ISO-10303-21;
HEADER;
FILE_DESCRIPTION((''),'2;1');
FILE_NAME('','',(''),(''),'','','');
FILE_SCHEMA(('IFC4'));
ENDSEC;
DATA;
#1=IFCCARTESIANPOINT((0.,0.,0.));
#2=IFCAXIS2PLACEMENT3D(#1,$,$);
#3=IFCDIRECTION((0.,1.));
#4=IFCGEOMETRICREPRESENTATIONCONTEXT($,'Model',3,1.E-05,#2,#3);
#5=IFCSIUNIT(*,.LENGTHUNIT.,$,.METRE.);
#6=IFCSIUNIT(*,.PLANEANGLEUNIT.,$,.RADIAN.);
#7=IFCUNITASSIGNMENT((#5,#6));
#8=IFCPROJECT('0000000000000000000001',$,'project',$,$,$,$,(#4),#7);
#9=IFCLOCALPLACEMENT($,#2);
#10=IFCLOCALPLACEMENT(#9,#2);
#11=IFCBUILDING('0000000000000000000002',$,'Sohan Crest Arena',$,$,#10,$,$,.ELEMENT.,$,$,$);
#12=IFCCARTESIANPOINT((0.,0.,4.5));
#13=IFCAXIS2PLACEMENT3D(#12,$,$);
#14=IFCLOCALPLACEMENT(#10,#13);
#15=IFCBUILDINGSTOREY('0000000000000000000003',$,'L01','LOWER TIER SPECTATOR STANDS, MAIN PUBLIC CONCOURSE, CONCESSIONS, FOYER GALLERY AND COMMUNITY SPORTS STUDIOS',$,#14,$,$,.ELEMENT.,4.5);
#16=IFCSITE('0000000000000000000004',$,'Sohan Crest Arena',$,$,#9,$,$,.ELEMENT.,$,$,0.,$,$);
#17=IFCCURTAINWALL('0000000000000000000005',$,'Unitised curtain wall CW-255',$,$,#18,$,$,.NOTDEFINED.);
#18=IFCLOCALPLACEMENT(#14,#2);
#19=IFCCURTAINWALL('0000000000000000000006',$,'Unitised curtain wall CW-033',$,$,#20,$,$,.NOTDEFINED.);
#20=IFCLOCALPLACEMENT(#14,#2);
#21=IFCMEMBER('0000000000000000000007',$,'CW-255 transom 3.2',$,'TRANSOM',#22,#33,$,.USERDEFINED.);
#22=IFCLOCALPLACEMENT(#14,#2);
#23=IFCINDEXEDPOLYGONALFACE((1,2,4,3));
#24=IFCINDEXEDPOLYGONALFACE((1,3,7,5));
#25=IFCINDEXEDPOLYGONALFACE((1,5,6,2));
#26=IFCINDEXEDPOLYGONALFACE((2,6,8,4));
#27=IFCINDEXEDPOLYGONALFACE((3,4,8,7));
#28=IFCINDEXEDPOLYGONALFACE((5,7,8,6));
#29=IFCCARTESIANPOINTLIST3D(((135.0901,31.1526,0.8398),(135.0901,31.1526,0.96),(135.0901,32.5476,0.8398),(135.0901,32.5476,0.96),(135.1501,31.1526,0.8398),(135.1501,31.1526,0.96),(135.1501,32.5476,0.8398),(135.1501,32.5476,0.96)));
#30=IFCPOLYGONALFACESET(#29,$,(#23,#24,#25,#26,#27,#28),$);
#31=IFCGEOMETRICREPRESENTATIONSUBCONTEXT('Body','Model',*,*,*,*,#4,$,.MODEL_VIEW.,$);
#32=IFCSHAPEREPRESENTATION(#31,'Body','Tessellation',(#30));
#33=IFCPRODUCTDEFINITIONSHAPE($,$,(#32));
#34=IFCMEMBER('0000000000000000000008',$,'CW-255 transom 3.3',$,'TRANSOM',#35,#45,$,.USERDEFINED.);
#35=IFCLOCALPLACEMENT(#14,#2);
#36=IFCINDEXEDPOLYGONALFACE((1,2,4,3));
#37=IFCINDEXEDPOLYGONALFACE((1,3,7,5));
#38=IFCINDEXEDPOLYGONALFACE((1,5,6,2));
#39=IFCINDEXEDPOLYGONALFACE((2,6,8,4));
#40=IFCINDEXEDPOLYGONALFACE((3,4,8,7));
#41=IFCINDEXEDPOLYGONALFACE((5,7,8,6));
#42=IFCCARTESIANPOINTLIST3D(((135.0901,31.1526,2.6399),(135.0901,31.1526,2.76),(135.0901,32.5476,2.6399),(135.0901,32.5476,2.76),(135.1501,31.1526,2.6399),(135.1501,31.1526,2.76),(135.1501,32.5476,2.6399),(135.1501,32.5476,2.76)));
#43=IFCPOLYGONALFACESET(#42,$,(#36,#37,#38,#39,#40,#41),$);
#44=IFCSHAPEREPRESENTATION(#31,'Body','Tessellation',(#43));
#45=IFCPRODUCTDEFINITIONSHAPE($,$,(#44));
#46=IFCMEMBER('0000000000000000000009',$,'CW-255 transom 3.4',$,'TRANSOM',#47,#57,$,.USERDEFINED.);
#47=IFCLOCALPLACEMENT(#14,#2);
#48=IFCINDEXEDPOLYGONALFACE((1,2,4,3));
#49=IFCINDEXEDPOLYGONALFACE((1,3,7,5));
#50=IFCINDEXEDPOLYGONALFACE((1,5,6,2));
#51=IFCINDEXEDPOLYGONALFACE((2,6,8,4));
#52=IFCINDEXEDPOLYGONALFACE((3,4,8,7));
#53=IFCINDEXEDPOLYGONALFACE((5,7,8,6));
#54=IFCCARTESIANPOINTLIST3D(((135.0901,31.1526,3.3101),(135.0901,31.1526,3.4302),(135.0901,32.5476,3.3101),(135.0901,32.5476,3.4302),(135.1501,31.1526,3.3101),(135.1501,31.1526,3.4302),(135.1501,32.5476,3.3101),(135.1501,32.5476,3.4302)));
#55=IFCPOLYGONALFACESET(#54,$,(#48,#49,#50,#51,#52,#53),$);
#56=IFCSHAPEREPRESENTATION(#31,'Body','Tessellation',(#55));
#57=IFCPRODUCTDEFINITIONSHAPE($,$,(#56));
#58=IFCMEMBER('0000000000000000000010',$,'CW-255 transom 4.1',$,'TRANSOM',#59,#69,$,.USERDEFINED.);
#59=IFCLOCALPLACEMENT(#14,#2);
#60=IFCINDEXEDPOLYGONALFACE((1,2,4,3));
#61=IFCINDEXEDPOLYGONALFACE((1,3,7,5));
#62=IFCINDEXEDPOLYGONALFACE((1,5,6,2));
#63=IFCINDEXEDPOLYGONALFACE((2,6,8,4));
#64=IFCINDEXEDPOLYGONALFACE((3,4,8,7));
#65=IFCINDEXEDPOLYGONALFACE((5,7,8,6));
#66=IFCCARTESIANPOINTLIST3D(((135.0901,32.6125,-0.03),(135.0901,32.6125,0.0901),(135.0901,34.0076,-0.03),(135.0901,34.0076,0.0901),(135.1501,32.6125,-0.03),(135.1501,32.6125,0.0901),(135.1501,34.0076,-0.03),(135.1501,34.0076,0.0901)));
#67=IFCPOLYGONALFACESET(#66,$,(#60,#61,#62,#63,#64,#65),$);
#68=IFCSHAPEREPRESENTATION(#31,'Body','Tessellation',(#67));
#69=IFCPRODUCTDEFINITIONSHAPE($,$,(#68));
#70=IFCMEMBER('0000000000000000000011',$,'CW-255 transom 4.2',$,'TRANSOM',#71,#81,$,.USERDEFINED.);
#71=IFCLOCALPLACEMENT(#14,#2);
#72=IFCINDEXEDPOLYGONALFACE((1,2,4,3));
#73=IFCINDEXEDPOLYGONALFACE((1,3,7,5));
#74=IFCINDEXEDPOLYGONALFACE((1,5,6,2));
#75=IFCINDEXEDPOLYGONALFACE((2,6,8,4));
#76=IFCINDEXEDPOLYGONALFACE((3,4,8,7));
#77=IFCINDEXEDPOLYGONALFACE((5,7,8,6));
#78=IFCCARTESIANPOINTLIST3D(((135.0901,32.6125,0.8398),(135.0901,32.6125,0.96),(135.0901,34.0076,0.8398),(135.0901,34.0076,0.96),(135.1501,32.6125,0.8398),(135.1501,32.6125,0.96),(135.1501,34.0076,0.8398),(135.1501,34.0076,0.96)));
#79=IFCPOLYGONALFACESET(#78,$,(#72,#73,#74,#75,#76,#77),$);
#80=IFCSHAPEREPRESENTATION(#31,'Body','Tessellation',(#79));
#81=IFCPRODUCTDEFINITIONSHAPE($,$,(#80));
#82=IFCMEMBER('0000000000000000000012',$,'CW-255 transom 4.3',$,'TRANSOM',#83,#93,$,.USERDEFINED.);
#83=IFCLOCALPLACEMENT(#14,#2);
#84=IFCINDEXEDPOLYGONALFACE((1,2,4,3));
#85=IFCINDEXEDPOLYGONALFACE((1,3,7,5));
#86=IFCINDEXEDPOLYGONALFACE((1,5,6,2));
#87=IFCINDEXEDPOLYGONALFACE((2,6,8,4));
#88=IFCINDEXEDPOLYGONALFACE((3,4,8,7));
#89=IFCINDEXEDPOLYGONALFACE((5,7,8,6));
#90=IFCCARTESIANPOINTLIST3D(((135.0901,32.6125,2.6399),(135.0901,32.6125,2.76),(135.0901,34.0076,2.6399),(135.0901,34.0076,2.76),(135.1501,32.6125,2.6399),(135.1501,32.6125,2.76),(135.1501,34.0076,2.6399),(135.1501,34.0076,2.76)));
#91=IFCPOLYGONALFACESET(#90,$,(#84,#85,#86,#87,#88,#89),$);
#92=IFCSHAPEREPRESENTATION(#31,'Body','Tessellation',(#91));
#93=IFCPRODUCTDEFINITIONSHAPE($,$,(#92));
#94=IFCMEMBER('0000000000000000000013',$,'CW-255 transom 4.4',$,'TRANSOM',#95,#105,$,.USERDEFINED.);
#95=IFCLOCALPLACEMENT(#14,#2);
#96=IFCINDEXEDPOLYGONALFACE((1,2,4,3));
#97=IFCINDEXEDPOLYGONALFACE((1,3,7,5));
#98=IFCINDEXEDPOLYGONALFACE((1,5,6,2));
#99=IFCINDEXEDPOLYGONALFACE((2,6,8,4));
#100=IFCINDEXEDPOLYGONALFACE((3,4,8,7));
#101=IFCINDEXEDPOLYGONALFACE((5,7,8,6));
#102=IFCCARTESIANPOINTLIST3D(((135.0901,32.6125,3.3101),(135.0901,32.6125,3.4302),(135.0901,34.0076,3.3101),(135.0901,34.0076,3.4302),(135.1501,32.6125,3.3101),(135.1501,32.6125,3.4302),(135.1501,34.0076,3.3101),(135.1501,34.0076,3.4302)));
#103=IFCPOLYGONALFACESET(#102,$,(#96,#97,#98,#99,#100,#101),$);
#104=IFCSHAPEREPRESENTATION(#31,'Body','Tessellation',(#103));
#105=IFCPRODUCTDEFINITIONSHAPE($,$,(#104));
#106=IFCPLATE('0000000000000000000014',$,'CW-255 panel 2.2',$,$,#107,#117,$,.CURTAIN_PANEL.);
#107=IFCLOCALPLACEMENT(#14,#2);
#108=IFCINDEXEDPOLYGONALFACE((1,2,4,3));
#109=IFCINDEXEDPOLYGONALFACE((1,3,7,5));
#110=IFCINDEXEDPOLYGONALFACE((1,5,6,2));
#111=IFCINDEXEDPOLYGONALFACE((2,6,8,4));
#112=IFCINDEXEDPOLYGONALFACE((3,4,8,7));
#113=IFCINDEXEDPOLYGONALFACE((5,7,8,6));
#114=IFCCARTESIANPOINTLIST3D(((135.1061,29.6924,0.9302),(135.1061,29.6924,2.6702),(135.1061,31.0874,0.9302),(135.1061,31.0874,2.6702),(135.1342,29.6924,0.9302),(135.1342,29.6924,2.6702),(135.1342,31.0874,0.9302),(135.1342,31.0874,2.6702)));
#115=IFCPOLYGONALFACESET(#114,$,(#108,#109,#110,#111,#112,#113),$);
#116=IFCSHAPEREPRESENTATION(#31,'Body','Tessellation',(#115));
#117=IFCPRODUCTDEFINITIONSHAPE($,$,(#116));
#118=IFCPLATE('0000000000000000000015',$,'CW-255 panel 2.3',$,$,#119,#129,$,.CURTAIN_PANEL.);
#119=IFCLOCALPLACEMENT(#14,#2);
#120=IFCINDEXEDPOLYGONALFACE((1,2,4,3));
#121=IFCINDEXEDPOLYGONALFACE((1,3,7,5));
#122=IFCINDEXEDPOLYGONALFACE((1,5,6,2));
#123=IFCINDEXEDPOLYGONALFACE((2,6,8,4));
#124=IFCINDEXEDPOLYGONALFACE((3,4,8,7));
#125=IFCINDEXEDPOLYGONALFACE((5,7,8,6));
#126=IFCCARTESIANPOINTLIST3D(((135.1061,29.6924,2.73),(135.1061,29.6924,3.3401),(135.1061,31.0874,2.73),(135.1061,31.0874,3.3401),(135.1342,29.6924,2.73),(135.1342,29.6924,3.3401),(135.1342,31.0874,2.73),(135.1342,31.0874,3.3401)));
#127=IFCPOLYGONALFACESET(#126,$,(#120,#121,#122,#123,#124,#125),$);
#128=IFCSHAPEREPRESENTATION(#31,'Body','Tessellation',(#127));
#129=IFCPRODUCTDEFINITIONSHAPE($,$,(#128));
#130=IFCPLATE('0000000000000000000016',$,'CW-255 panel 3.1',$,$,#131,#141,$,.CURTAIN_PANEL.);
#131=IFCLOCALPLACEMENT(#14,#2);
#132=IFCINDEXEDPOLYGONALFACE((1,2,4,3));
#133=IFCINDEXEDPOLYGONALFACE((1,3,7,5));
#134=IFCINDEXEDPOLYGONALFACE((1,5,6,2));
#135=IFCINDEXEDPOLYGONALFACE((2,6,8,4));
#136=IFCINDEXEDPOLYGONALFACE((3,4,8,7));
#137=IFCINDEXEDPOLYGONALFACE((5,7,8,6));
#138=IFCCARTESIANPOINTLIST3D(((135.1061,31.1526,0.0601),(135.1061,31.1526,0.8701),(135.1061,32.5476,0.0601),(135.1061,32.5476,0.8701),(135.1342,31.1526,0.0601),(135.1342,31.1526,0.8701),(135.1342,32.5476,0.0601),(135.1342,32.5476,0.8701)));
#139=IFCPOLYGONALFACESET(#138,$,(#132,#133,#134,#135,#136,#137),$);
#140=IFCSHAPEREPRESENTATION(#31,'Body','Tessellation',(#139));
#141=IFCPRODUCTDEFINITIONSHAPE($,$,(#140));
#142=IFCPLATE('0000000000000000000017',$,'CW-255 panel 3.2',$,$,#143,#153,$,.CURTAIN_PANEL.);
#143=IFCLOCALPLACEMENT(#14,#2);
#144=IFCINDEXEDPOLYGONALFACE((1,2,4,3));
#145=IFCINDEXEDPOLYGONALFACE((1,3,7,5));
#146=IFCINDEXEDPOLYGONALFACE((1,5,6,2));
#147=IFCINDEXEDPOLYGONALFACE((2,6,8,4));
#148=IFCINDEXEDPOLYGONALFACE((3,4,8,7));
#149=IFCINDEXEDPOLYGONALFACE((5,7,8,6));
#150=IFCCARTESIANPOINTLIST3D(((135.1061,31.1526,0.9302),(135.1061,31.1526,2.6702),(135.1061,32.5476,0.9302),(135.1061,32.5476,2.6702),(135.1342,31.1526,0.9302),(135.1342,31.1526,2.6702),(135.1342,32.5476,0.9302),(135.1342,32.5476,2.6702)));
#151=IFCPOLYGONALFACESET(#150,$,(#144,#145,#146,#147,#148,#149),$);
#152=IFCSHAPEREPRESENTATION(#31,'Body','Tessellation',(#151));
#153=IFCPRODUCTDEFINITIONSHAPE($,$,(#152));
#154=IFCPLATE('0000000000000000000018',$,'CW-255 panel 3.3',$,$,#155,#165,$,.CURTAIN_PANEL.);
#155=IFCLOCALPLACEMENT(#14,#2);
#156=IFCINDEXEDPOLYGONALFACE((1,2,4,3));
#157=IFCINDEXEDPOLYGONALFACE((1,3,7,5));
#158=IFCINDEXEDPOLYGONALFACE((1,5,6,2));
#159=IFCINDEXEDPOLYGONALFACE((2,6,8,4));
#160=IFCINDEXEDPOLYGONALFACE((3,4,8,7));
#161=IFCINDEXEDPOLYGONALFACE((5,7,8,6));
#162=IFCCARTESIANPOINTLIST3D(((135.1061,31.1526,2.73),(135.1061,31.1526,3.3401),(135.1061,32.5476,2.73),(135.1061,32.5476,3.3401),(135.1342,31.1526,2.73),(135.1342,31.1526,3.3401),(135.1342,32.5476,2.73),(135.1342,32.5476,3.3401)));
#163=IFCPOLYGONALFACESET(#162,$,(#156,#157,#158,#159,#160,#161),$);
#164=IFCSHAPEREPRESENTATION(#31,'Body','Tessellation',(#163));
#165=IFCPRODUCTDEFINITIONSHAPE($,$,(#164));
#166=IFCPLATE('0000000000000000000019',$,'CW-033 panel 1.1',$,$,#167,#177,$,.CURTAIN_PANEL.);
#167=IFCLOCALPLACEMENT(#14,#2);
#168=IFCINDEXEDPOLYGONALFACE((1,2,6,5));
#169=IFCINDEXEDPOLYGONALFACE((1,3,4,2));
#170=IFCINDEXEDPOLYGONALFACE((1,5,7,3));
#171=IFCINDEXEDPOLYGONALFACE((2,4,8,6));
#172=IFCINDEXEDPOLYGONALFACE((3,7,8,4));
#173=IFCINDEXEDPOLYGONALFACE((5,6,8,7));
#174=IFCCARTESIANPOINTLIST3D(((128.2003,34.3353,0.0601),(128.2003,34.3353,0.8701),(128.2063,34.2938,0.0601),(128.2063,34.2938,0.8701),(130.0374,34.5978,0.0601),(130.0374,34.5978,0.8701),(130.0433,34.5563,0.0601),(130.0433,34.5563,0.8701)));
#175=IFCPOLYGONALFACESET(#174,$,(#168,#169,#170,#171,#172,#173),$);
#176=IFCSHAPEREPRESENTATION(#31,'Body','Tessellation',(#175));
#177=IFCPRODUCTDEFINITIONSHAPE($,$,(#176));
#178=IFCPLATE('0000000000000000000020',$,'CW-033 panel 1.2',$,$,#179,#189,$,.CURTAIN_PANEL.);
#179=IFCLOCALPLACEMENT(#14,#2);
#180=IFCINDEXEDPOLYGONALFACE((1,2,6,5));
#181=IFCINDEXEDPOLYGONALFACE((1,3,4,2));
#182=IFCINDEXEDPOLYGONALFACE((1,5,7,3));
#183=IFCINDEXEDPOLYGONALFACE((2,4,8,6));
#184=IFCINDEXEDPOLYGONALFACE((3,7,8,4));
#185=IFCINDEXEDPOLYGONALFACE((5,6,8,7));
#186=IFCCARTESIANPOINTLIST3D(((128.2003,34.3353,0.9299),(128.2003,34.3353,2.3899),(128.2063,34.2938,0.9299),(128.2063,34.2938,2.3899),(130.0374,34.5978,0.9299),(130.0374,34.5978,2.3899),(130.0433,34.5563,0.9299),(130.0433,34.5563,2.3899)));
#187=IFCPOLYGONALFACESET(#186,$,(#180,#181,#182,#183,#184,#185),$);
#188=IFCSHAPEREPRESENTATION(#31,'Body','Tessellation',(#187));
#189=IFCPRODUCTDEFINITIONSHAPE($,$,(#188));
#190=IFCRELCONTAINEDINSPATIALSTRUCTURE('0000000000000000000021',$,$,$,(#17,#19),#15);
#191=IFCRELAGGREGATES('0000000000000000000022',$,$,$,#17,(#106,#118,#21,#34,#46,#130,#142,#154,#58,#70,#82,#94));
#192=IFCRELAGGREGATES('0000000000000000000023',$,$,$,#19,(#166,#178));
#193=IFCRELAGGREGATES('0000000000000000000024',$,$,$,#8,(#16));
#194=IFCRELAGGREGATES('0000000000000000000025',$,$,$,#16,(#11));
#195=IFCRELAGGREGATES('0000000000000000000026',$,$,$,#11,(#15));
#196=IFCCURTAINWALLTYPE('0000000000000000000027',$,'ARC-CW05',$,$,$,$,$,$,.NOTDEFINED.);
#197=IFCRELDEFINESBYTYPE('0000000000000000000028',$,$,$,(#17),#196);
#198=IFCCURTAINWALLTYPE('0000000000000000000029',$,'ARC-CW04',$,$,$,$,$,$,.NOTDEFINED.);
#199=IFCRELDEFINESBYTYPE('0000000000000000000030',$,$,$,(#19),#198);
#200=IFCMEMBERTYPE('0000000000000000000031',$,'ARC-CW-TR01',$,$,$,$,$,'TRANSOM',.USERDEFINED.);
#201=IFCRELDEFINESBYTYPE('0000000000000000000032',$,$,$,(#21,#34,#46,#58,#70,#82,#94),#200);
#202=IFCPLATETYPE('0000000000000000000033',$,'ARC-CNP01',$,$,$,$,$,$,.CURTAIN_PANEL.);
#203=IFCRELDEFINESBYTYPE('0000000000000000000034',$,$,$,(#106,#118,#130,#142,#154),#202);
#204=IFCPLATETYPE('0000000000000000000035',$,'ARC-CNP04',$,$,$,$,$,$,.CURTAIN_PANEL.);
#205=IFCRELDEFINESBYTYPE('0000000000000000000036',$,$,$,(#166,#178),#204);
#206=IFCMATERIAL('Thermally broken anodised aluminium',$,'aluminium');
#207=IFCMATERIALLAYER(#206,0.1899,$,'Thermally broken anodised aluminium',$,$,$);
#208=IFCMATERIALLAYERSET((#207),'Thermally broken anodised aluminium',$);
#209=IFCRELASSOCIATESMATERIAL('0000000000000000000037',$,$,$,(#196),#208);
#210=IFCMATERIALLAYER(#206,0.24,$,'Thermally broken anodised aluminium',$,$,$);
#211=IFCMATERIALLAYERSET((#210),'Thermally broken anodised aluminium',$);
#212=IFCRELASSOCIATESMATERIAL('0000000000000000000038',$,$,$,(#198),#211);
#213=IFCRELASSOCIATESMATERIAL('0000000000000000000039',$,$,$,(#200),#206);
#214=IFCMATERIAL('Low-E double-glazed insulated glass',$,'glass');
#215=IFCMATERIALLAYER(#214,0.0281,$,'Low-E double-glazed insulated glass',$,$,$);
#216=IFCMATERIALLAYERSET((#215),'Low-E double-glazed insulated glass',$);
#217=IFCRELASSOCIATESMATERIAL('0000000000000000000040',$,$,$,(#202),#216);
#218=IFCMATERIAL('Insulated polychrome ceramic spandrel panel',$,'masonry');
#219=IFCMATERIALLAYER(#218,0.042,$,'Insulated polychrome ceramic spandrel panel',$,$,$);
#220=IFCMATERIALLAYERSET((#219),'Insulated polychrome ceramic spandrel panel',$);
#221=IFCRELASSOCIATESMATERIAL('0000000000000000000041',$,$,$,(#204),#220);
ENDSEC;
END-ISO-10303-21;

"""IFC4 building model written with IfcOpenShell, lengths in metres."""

from ifc_helpers import new_model, si_unit, direction, frame, origin, origin_2d, place, context, subcontext, project, spatial, rectangle, extrude, material, layer, layer_set, material_profile, profile_set, type_object, element, aggregate, save


model = new_model("IFC4")

# Units and contexts
model_context = context("Model", 3, precision=1e-05, world=origin(), true_north=direction((0.0, 1.0)))
body_context = subcontext(model_context, "Body", "Model", "MODEL_VIEW")
ifc_project = project(units=[si_unit("LENGTHUNIT", "METRE"), si_unit("PLANEANGLEUNIT", "RADIAN")], contexts=[model_context])

# Site, building, storey
site_placement = place(None, origin())
site = spatial("IfcSite", under=ifc_project, at=site_placement, Name="Sohan Crest Arena", CompositionType="ELEMENT", RefElevation=0.0)
building_placement = place(site_placement, origin())
building = spatial("IfcBuilding", under=site, at=building_placement, Name="Sohan Crest Arena", CompositionType="ELEMENT")
storey_placement = place(building_placement, frame((0.0, 0.0, 4.5)))
storey = spatial("IfcBuildingStorey", under=building, at=storey_placement, Name="L01", Description="LOWER TIER SPECTATOR STANDS, MAIN PUBLIC CONCOURSE, CONCESSIONS, FOYER GALLERY AND COMMUNITY SPORTS STUDIOS", CompositionType="ELEMENT", Elevation=4.5)

# Curtain walls
ifc_material_1 = material(Name="Thermally broken anodised aluminium", Category="aluminium")
ifc_layer_1 = layer(ifc_material_1, 0.1899, Name="Thermally broken anodised aluminium")
ifc_layer_set_1 = layer_set([ifc_layer_1], Name="Thermally broken anodised aluminium")
curtain_wall_type_1 = type_object("IfcCurtainWallType", Name="ARC-CW05", PredefinedType="NOTDEFINED", material=ifc_layer_set_1)
curtain_wall_1_placement = place(storey_placement, origin())
curtain_wall_1 = element("IfcCurtainWall", 1, at=curtain_wall_1_placement, inside=storey, type_object=curtain_wall_type_1, Name="Unitised curtain wall CW-255", PredefinedType="NOTDEFINED")
ifc_layer_2 = layer(ifc_material_1, 0.24, Name="Thermally broken anodised aluminium")
ifc_layer_set_2 = layer_set([ifc_layer_2], Name="Thermally broken anodised aluminium")
curtain_wall_type_2 = type_object("IfcCurtainWallType", Name="ARC-CW04", PredefinedType="NOTDEFINED", material=ifc_layer_set_2)
curtain_wall_2_placement = place(storey_placement, origin())
curtain_wall_2 = element("IfcCurtainWall", 2, at=curtain_wall_2_placement, inside=storey, type_object=curtain_wall_type_2, Name="Unitised curtain wall CW-033", PredefinedType="NOTDEFINED")
ifc_material_profile_1 = material_profile(ifc_material_1, rectangle(XDim=0.0601, YDim=0.1201, at=origin_2d()), Name="ALU-TRAN 60x120")
ifc_profile_set_1 = profile_set([ifc_material_profile_1], Name="Thermally broken anodised aluminium")
member_type_1 = type_object("IfcMemberType", Name="ARC-CW-TR01", ElementType="TRANSOM", PredefinedType="USERDEFINED", material=ifc_profile_set_1)

# Members
member_1_placement = place(storey_placement, frame((135.1201, 31.1526, 0.8999), z_axis=(0.0, 1.0, 0.0), x_axis=(-1.0, 0.0, 0.0)))
member_1 = element("IfcMember", 3, at=member_1_placement, type_object=member_type_1, Name="CW-255 transom 3.2", ObjectType="TRANSOM", PredefinedType="USERDEFINED", context=body_context, shape_type="SweptSolid", body=[
    extrude(rectangle(XDim=0.0601, YDim=0.1201, at=origin_2d()), origin(), (0.0, 0.0, 1.0), 1.395),
])
member_2_placement = place(storey_placement, frame((135.1201, 31.1526, 2.7), z_axis=(0.0, 1.0, 0.0), x_axis=(-1.0, 0.0, 0.0)))
member_2 = element("IfcMember", 4, at=member_2_placement, type_object=member_type_1, Name="CW-255 transom 3.3", ObjectType="TRANSOM", PredefinedType="USERDEFINED", context=body_context, shape_type="SweptSolid", body=[
    extrude(rectangle(XDim=0.0601, YDim=0.1201, at=origin_2d()), origin(), (0.0, 0.0, 1.0), 1.395),
])
member_3_placement = place(storey_placement, frame((135.1201, 31.1526, 3.3701), z_axis=(0.0, 1.0, 0.0), x_axis=(-1.0, 0.0, 0.0)))
member_3 = element("IfcMember", 5, at=member_3_placement, type_object=member_type_1, Name="CW-255 transom 3.4", ObjectType="TRANSOM", PredefinedType="USERDEFINED", context=body_context, shape_type="SweptSolid", body=[
    extrude(rectangle(XDim=0.0601, YDim=0.1201, at=origin_2d()), origin(), (0.0, 0.0, 1.0), 1.395),
])
member_4_placement = place(storey_placement, frame((135.1201, 32.6125, 0.03), z_axis=(0.0, 1.0, 0.0), x_axis=(-1.0, 0.0, 0.0)))
member_4 = element("IfcMember", 6, at=member_4_placement, type_object=member_type_1, Name="CW-255 transom 4.1", ObjectType="TRANSOM", PredefinedType="USERDEFINED", context=body_context, shape_type="SweptSolid", body=[
    extrude(rectangle(XDim=0.0601, YDim=0.1201, at=origin_2d()), origin(), (0.0, 0.0, 1.0), 1.395),
])
member_5_placement = place(storey_placement, frame((135.1201, 32.6125, 0.8999), z_axis=(0.0, 1.0, 0.0), x_axis=(-1.0, 0.0, 0.0)))
member_5 = element("IfcMember", 7, at=member_5_placement, type_object=member_type_1, Name="CW-255 transom 4.2", ObjectType="TRANSOM", PredefinedType="USERDEFINED", context=body_context, shape_type="SweptSolid", body=[
    extrude(rectangle(XDim=0.0601, YDim=0.1201, at=origin_2d()), origin(), (0.0, 0.0, 1.0), 1.395),
])
member_6_placement = place(storey_placement, frame((135.1201, 32.6125, 2.7), z_axis=(0.0, 1.0, 0.0), x_axis=(-1.0, 0.0, 0.0)))
member_6 = element("IfcMember", 8, at=member_6_placement, type_object=member_type_1, Name="CW-255 transom 4.3", ObjectType="TRANSOM", PredefinedType="USERDEFINED", context=body_context, shape_type="SweptSolid", body=[
    extrude(rectangle(XDim=0.0601, YDim=0.1201, at=origin_2d()), origin(), (0.0, 0.0, 1.0), 1.395),
])
member_7_placement = place(storey_placement, frame((135.1201, 32.6125, 3.3701), z_axis=(0.0, 1.0, 0.0), x_axis=(-1.0, 0.0, 0.0)))
member_7 = element("IfcMember", 9, at=member_7_placement, type_object=member_type_1, Name="CW-255 transom 4.4", ObjectType="TRANSOM", PredefinedType="USERDEFINED", context=body_context, shape_type="SweptSolid", body=[
    extrude(rectangle(XDim=0.0601, YDim=0.1201, at=origin_2d()), origin(), (0.0, 0.0, 1.0), 1.395),
])

# Plates
ifc_material_2 = material(Name="Low-E double-glazed insulated glass", Category="glass")
ifc_layer_3 = layer(ifc_material_2, 0.0281, Name="Low-E double-glazed insulated glass")
ifc_layer_set_3 = layer_set([ifc_layer_3], Name="Low-E double-glazed insulated glass")
plate_type_1 = type_object("IfcPlateType", Name="ARC-CNP01", PredefinedType="CURTAIN_PANEL", material=ifc_layer_set_3)
plate_1_placement = place(storey_placement, frame((135.1201, 30.3899, 0.9302), z_axis=(0.0, 0.0, 1.0), x_axis=(0.0, 1.0, 0.0)))
plate_1 = element("IfcPlate", 10, at=plate_1_placement, type_object=plate_type_1, Name="CW-255 panel 2.2", PredefinedType="CURTAIN_PANEL", context=body_context, shape_type="SweptSolid", body=[
    extrude(rectangle(XDim=1.395, YDim=0.0281, at=origin_2d()), origin(), (0.0, 0.0, 1.0), 1.74),
])
plate_2_placement = place(storey_placement, frame((135.1201, 30.3899, 2.73), z_axis=(0.0, 0.0, 1.0), x_axis=(0.0, 1.0, 0.0)))
plate_2 = element("IfcPlate", 11, at=plate_2_placement, type_object=plate_type_1, Name="CW-255 panel 2.3", PredefinedType="CURTAIN_PANEL", context=body_context, shape_type="SweptSolid", body=[
    extrude(rectangle(XDim=1.395, YDim=0.0281, at=origin_2d()), origin(), (0.0, 0.0, 1.0), 0.6101),
])
plate_3_placement = place(storey_placement, frame((135.1201, 31.8501, 0.0601), z_axis=(0.0, 0.0, 1.0), x_axis=(0.0, 1.0, 0.0)))
plate_3 = element("IfcPlate", 12, at=plate_3_placement, type_object=plate_type_1, Name="CW-255 panel 3.1", PredefinedType="CURTAIN_PANEL", context=body_context, shape_type="SweptSolid", body=[
    extrude(rectangle(XDim=1.395, YDim=0.0281, at=origin_2d()), origin(), (0.0, 0.0, 1.0), 0.8101),
])
plate_4_placement = place(storey_placement, frame((135.1201, 31.8501, 0.9302), z_axis=(0.0, 0.0, 1.0), x_axis=(0.0, 1.0, 0.0)))
plate_4 = element("IfcPlate", 13, at=plate_4_placement, type_object=plate_type_1, Name="CW-255 panel 3.2", PredefinedType="CURTAIN_PANEL", context=body_context, shape_type="SweptSolid", body=[
    extrude(rectangle(XDim=1.395, YDim=0.0281, at=origin_2d()), origin(), (0.0, 0.0, 1.0), 1.74),
])
plate_5_placement = place(storey_placement, frame((135.1201, 31.8501, 2.73), z_axis=(0.0, 0.0, 1.0), x_axis=(0.0, 1.0, 0.0)))
plate_5 = element("IfcPlate", 14, at=plate_5_placement, type_object=plate_type_1, Name="CW-255 panel 3.3", PredefinedType="CURTAIN_PANEL", context=body_context, shape_type="SweptSolid", body=[
    extrude(rectangle(XDim=1.395, YDim=0.0281, at=origin_2d()), origin(), (0.0, 0.0, 1.0), 0.6101),
])
aggregate(curtain_wall_1, [plate_1, plate_2, member_1, member_2, member_3, plate_3, plate_4, plate_5, member_4, member_5, member_6, member_7])
ifc_material_3 = material(Name="Insulated polychrome ceramic spandrel panel", Category="masonry")
ifc_layer_4 = layer(ifc_material_3, 0.042, Name="Insulated polychrome ceramic spandrel panel")
ifc_layer_set_4 = layer_set([ifc_layer_4], Name="Insulated polychrome ceramic spandrel panel")
plate_type_2 = type_object("IfcPlateType", Name="ARC-CNP04", PredefinedType="CURTAIN_PANEL", material=ifc_layer_set_4)
plate_6_placement = place(storey_placement, frame((129.1218, 34.4458, 0.0601), z_axis=(0.0, 0.0, 1.0), x_axis=(0.989945, 0.14145, 0.0)))
plate_6 = element("IfcPlate", 15, at=plate_6_placement, type_object=plate_type_2, Name="CW-033 panel 1.1", PredefinedType="CURTAIN_PANEL", context=body_context, shape_type="SweptSolid", body=[
    extrude(rectangle(XDim=1.8557, YDim=0.042, at=origin_2d()), origin(), (0.0, 0.0, 1.0), 0.8101),
])
plate_7_placement = place(storey_placement, frame((129.1218, 34.4458, 0.9299), z_axis=(0.0, 0.0, 1.0), x_axis=(0.989945, 0.14145, 0.0)))
plate_7 = element("IfcPlate", 16, at=plate_7_placement, type_object=plate_type_2, Name="CW-033 panel 1.2", PredefinedType="CURTAIN_PANEL", context=body_context, shape_type="SweptSolid", body=[
    extrude(rectangle(XDim=1.8557, YDim=0.042, at=origin_2d()), origin(), (0.0, 0.0, 1.0), 1.46),
])
aggregate(curtain_wall_2, [plate_6, plate_7])

save(model, "model.ifc")
